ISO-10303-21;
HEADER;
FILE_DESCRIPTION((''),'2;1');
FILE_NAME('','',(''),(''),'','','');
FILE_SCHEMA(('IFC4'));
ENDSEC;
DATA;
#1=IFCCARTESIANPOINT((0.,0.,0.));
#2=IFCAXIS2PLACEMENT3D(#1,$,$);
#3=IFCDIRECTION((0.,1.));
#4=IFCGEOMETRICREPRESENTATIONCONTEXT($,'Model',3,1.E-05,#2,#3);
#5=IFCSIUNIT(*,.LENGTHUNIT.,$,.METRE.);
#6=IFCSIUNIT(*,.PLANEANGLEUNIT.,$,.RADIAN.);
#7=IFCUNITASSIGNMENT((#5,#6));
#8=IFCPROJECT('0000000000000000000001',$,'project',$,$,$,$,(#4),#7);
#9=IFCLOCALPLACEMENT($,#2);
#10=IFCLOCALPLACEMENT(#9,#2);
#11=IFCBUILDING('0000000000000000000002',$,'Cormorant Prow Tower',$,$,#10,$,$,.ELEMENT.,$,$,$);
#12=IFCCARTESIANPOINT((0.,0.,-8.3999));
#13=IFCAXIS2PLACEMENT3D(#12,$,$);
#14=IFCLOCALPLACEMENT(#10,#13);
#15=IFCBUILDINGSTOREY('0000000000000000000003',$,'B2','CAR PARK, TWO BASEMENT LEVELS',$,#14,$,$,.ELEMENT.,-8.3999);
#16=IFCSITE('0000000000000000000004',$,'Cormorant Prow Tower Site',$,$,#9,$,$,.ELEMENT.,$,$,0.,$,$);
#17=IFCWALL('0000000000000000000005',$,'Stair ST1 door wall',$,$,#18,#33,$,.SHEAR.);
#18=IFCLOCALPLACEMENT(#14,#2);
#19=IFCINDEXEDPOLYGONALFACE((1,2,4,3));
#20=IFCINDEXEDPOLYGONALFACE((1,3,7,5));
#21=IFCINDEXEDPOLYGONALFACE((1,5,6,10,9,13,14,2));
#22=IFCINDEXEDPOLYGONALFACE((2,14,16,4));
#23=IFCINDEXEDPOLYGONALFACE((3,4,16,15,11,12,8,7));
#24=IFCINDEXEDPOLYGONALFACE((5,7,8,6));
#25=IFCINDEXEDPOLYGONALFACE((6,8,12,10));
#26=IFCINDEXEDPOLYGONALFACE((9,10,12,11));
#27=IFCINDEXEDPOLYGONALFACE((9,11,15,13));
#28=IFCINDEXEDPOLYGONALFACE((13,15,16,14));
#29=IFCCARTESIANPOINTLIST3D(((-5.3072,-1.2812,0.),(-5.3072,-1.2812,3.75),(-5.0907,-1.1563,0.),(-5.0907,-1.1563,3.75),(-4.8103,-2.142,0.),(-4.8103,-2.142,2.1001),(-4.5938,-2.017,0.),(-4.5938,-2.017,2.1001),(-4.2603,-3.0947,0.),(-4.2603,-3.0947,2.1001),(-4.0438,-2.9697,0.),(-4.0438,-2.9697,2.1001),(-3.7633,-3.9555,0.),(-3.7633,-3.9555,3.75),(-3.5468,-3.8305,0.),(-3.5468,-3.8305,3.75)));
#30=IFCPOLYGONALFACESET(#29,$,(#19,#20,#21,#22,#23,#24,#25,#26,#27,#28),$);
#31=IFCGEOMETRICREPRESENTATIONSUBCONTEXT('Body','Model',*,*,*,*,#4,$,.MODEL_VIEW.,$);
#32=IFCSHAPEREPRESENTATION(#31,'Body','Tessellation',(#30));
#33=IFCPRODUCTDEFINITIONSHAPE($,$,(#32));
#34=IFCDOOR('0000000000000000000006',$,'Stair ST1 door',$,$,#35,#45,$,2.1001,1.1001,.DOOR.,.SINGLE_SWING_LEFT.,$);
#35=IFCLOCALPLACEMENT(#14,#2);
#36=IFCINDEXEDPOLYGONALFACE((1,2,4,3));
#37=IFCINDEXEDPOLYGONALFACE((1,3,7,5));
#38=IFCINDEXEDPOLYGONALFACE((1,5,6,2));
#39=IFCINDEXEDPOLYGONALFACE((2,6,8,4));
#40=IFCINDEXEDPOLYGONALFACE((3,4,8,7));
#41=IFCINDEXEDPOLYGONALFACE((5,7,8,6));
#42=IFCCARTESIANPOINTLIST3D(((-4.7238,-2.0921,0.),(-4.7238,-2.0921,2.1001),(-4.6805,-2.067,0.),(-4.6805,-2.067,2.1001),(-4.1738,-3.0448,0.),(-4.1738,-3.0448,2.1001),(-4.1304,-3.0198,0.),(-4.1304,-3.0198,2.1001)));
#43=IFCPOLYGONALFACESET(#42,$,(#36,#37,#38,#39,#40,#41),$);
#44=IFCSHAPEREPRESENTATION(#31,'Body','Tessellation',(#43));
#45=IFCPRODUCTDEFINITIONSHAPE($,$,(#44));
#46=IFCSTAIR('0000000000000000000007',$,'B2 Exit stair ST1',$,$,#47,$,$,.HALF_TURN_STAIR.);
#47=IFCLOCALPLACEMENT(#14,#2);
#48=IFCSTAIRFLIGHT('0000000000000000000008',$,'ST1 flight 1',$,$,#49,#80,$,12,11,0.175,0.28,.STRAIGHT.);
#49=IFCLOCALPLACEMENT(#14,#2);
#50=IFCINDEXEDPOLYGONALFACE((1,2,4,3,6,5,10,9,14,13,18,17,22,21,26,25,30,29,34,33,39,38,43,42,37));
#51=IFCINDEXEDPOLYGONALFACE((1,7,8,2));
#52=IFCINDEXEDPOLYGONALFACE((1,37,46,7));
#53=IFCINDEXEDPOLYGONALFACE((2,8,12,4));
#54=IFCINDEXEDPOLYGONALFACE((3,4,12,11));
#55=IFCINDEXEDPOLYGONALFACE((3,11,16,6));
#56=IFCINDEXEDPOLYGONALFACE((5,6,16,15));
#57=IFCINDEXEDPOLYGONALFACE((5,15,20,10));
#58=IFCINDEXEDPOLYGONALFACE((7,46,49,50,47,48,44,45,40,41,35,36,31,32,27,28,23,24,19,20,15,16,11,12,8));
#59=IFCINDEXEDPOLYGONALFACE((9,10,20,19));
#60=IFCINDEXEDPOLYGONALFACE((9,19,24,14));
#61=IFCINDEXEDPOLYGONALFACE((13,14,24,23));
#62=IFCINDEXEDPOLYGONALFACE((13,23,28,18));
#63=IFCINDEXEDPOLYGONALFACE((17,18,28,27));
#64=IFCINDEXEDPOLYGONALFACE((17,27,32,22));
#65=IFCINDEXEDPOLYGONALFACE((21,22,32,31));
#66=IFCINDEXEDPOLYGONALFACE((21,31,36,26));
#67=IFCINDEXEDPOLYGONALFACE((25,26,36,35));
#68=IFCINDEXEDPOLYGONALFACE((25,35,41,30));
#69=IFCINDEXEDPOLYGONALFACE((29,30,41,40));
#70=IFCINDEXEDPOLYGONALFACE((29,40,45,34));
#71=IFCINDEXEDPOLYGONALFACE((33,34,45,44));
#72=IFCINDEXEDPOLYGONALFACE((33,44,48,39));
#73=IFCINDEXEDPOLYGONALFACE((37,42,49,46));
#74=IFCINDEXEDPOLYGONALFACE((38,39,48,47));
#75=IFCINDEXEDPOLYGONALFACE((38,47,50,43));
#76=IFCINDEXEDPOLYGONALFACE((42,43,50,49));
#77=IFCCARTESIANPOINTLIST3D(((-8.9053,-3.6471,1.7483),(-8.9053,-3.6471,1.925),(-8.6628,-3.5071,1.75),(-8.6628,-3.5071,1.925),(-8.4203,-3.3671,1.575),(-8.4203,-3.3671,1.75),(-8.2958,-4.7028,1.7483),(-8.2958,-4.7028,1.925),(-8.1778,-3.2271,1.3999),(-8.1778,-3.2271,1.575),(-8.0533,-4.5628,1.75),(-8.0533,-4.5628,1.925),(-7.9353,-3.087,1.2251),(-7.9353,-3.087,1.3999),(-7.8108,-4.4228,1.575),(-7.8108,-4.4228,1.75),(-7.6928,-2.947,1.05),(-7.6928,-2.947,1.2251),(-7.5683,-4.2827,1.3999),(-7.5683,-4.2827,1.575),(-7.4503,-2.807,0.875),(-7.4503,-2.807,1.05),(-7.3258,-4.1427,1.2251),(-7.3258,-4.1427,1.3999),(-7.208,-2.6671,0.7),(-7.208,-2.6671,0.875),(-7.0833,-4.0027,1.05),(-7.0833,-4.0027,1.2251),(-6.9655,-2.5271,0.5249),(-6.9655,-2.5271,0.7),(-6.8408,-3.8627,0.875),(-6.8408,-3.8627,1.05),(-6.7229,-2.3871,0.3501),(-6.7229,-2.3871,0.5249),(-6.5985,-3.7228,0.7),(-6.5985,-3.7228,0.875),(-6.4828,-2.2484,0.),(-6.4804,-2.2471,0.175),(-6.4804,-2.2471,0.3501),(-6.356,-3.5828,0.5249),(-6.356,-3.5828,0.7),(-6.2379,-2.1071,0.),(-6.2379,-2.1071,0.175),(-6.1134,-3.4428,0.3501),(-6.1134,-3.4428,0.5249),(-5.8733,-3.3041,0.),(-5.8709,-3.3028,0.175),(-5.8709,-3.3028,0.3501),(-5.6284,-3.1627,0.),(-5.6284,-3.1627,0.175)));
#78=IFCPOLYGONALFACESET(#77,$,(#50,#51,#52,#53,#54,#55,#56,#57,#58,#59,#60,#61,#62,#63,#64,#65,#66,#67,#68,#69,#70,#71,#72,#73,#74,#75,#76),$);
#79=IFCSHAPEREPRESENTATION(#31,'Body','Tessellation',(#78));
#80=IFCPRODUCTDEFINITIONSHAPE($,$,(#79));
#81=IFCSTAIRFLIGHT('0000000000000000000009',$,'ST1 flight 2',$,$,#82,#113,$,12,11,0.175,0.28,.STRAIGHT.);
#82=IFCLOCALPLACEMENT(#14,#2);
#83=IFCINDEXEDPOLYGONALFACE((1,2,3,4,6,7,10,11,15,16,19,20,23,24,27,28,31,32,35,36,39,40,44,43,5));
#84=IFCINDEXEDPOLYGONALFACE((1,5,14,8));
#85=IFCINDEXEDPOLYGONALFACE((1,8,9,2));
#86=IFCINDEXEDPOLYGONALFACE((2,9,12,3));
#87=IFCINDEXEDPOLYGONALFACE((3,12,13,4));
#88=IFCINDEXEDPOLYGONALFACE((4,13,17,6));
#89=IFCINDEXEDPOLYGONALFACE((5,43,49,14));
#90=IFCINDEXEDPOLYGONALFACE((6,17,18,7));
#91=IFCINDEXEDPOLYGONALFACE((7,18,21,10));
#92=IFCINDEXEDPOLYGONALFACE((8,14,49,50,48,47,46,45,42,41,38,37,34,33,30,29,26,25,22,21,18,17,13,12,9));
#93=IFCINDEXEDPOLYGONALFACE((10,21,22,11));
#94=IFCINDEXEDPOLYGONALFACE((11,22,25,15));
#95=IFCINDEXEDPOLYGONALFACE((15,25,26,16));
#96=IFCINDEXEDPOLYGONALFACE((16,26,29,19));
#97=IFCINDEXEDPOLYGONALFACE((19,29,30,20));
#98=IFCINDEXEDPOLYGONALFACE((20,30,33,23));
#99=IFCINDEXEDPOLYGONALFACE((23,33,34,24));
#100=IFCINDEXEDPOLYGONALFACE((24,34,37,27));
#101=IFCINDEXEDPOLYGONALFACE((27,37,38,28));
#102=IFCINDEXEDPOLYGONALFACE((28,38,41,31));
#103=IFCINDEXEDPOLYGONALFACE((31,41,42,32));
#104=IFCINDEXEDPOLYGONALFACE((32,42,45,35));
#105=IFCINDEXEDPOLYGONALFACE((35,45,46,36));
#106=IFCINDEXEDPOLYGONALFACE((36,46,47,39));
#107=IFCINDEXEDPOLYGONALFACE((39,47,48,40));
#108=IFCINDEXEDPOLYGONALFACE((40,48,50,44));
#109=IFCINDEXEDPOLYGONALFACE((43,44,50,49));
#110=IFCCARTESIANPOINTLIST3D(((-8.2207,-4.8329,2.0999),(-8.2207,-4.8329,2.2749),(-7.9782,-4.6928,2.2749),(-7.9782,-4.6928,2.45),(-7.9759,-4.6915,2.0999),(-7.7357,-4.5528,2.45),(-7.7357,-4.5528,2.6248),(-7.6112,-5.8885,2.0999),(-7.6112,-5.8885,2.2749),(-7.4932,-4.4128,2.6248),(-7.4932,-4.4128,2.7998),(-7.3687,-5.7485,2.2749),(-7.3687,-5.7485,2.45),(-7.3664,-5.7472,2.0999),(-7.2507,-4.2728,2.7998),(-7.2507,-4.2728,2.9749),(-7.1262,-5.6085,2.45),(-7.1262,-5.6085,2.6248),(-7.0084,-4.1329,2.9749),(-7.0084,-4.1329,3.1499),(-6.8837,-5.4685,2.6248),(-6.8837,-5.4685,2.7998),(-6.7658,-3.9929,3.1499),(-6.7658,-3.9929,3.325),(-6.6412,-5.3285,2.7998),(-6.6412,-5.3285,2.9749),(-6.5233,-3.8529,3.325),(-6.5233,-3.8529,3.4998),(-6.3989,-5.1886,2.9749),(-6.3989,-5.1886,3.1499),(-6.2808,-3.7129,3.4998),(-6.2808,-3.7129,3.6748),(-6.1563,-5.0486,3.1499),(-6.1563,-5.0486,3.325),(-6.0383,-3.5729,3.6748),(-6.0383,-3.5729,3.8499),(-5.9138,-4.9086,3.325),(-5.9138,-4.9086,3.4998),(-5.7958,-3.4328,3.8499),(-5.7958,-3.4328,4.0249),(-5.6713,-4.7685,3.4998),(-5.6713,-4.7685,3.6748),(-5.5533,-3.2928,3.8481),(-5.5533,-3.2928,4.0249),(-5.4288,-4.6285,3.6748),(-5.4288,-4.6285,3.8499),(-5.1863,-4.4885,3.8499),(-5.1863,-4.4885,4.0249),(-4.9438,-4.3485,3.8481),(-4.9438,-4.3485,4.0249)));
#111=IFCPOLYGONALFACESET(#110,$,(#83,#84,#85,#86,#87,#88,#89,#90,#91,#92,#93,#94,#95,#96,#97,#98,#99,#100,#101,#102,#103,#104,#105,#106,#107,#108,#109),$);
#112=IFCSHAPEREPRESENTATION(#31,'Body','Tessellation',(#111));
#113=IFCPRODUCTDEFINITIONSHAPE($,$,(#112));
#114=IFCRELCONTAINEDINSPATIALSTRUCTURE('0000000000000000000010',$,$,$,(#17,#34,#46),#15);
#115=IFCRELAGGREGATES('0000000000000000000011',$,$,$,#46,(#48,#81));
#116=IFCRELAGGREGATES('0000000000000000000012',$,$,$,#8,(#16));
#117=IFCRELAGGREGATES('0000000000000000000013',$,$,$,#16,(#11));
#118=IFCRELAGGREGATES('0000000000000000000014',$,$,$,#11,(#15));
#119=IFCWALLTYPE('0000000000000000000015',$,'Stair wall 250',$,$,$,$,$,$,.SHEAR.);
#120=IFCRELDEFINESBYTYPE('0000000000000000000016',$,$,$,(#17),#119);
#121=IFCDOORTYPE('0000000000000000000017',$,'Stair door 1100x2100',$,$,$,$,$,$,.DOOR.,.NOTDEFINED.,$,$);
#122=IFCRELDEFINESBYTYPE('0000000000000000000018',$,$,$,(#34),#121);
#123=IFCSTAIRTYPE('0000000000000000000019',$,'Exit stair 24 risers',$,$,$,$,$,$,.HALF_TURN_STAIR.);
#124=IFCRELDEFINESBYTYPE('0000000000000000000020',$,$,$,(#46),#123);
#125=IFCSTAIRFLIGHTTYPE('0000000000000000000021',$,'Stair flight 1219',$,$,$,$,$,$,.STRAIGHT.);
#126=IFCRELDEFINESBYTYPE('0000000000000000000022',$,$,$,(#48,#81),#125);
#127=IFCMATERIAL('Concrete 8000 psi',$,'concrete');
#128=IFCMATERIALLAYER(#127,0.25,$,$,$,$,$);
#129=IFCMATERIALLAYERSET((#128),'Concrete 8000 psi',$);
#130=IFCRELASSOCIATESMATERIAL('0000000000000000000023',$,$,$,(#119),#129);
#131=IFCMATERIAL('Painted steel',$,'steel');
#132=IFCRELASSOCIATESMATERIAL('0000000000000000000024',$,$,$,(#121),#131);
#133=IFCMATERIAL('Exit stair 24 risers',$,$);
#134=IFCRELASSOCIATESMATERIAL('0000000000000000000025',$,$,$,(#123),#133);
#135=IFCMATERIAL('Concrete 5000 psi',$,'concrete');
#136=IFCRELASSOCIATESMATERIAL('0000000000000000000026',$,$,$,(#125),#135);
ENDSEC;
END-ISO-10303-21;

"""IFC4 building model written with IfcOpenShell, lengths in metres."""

from ifc_helpers import new_model, si_unit, direction, frame, frame_2d, origin, place, context, subcontext, project, spatial, polyline, rectangle, outline, extrude, material, layer, layer_set, type_object, element, fill, aggregate, save


model = new_model("IFC4")

# Units and contexts
model_context = context("Model", 3, precision=1e-05, world=origin(), true_north=direction((0.0, 1.0)))
body_context = subcontext(model_context, "Body", "Model", "MODEL_VIEW")
ifc_project = project(units=[si_unit("LENGTHUNIT", "METRE"), si_unit("PLANEANGLEUNIT", "RADIAN")], contexts=[model_context])

# Site, building, storey
site_placement = place(None, origin())
site = spatial("IfcSite", under=ifc_project, at=site_placement, Name="Cormorant Prow Tower Site", CompositionType="ELEMENT", RefElevation=0.0)
building_placement = place(site_placement, origin())
building = spatial("IfcBuilding", under=site, at=building_placement, Name="Cormorant Prow Tower", CompositionType="ELEMENT")
storey_placement = place(building_placement, frame((0.0, 0.0, -8.3999)))
storey = spatial("IfcBuildingStorey", under=building, at=storey_placement, Name="B2", Description="CAR PARK, TWO BASEMENT LEVELS", CompositionType="ELEMENT", Elevation=-8.3999)

# Wall, opening, door
ifc_material_1 = material(Name="Concrete 8000 psi", Category="concrete")
ifc_layer_1 = layer(ifc_material_1, 0.25)
ifc_layer_set_1 = layer_set([ifc_layer_1], Name="Concrete 8000 psi")
wall_type_1 = type_object("IfcWallType", Name="Stair wall 250", PredefinedType="SHEAR", material=ifc_layer_set_1)
wall_1_placement = place(storey_placement, frame((-5.199, -1.2188, 0.0), z_axis=(0.0, 0.0, 1.0), x_axis=(0.499983, -0.866035, 0.0)))
wall_1 = element("IfcWall", 1, at=wall_1_placement, inside=storey, type_object=wall_type_1, Name="Stair ST1 door wall", PredefinedType="SHEAR", context=body_context, shape_type="SweptSolid", body=[
    extrude(rectangle(XDim=3.0879, YDim=0.25, at=frame_2d((1.5439, 0.0))), origin(), (0.0, 0.0, 1.0), 3.75),
])
opening_1_placement = place(wall_1_placement, frame((0.9939, 0.0, 0.0)))
opening_1 = element("IfcOpeningElement", 2, at=opening_1_placement, cuts=wall_1, PredefinedType="OPENING", context=body_context, shape_type="SweptSolid", body=[
    extrude(rectangle(XDim=1.1001, YDim=2.1001, at=frame_2d((0.55, 1.05))), frame((0.0, 0.135, 0.0), z_axis=(0.0, -1.0, 0.0), x_axis=(1.0, 0.0, 0.0)), (0.0, 0.0, 1.0), 0.27),
])
ifc_material_2 = material(Name="Painted steel", Category="steel")
door_type_1 = type_object("IfcDoorType", Name="Stair door 1100x2100", OperationType="NOTDEFINED", PredefinedType="DOOR", material=ifc_material_2)
door_1_placement = place(opening_1_placement, origin())
door_1 = element("IfcDoor", 3, at=door_1_placement, inside=storey, type_object=door_type_1, Name="Stair ST1 door", OperationType="SINGLE_SWING_LEFT", OverallHeight=2.1001, OverallWidth=1.1001, PredefinedType="DOOR", context=body_context, shape_type="SweptSolid", body=[
    extrude(rectangle(XDim=1.1001, YDim=2.1001, at=frame_2d((0.55, 1.05))), frame((0.0, 0.0249, 0.0), z_axis=(0.0, -1.0, 0.0), x_axis=(1.0, 0.0, 0.0)), (0.0, 0.0, 1.0), 0.05),
])
fill(opening_1, door_1)

# Stair, stair flights
ifc_material_3 = material(Name="Exit stair 24 risers")
stair_type = type_object("IfcStairType", Name="Exit stair 24 risers", PredefinedType="HALF_TURN_STAIR", material=ifc_material_3)
stair_placement = place(storey_placement, origin())
stair = element("IfcStair", 4, at=stair_placement, inside=storey, type_object=stair_type, Name="B2 Exit stair ST1", PredefinedType="HALF_TURN_STAIR")
ifc_material_4 = material(Name="Concrete 5000 psi", Category="concrete")
stair_flight_type = type_object("IfcStairFlightType", Name="Stair flight 1219", PredefinedType="STRAIGHT", material=ifc_material_4)
stair_flight_1_placement = place(storey_placement, frame((-5.9331, -2.635, 0.0), z_axis=(0.0, 0.0, 1.0), x_axis=(-0.866025, -0.5, 0.0)))
stair_flight_1 = element("IfcStairFlight", 5, at=stair_flight_1_placement, type_object=stair_flight_type, Name="ST1 flight 1", NumberOfRisers=12, NumberOfTreads=11, PredefinedType="STRAIGHT", RiserHeight=0.175, TreadLength=0.28, context=body_context, shape_type="SweptSolid", body=[
    extrude(outline(polyline([(0.0, 0.0), (0.0, 0.175), (0.28, 0.175), (0.28, 0.3501), (0.5601, 0.3501), (0.5601, 0.5249), (0.8401, 0.5249), (0.8401, 0.7), (1.1201, 0.7), (1.1201, 0.875), (1.3999, 0.875), (1.3999, 1.05), (1.6799, 1.05), (1.6799, 1.2251), (1.96, 1.2251), (1.96, 1.3999), (2.24, 1.3999), (2.24, 1.575), (2.52, 1.575), (2.52, 1.75), (2.8, 1.75), (2.8, 1.925), (3.0801, 1.925), (3.0801, 2.1001), (3.0801, 1.7483), (0.2827, 0.0), (0.0, 0.0)])), frame((0.0, 0.6094, 0.0), z_axis=(0.0, -1.0, 0.0), x_axis=(1.0, 0.0, 0.0)), (0.0, 0.0, 1.0), 1.219),
])
stair_flight_2_placement = place(storey_placement, frame((-7.916, -5.3606, 2.0999), z_axis=(0.0, 0.0, 1.0), x_axis=(0.866025, 0.5, 0.0)))
stair_flight_2 = element("IfcStairFlight", 6, at=stair_flight_2_placement, type_object=stair_flight_type, Name="ST1 flight 2", NumberOfRisers=12, NumberOfTreads=11, PredefinedType="STRAIGHT", RiserHeight=0.175, TreadLength=0.28, context=body_context, shape_type="SweptSolid", body=[
    extrude(outline(polyline([(0.0, 0.0), (0.0, 0.175), (0.28, 0.175), (0.28, 0.3501), (0.5601, 0.3501), (0.5601, 0.5249), (0.8401, 0.5249), (0.8401, 0.7), (1.1201, 0.7), (1.1201, 0.875), (1.3999, 0.875), (1.3999, 1.05), (1.6799, 1.05), (1.6799, 1.2251), (1.96, 1.2251), (1.96, 1.3999), (2.24, 1.3999), (2.24, 1.575), (2.52, 1.575), (2.52, 1.75), (2.8, 1.75), (2.8, 1.925), (3.0801, 1.925), (3.0801, 2.1001), (3.0801, 1.7483), (0.2827, 0.0), (0.0, 0.0)])), frame((0.0, 0.6094, 0.0), z_axis=(0.0, -1.0, 0.0), x_axis=(1.0, 0.0, 0.0)), (0.0, 0.0, 1.0), 1.219),
])
aggregate(stair, [stair_flight_1, stair_flight_2])

save(model, "model.ifc")
